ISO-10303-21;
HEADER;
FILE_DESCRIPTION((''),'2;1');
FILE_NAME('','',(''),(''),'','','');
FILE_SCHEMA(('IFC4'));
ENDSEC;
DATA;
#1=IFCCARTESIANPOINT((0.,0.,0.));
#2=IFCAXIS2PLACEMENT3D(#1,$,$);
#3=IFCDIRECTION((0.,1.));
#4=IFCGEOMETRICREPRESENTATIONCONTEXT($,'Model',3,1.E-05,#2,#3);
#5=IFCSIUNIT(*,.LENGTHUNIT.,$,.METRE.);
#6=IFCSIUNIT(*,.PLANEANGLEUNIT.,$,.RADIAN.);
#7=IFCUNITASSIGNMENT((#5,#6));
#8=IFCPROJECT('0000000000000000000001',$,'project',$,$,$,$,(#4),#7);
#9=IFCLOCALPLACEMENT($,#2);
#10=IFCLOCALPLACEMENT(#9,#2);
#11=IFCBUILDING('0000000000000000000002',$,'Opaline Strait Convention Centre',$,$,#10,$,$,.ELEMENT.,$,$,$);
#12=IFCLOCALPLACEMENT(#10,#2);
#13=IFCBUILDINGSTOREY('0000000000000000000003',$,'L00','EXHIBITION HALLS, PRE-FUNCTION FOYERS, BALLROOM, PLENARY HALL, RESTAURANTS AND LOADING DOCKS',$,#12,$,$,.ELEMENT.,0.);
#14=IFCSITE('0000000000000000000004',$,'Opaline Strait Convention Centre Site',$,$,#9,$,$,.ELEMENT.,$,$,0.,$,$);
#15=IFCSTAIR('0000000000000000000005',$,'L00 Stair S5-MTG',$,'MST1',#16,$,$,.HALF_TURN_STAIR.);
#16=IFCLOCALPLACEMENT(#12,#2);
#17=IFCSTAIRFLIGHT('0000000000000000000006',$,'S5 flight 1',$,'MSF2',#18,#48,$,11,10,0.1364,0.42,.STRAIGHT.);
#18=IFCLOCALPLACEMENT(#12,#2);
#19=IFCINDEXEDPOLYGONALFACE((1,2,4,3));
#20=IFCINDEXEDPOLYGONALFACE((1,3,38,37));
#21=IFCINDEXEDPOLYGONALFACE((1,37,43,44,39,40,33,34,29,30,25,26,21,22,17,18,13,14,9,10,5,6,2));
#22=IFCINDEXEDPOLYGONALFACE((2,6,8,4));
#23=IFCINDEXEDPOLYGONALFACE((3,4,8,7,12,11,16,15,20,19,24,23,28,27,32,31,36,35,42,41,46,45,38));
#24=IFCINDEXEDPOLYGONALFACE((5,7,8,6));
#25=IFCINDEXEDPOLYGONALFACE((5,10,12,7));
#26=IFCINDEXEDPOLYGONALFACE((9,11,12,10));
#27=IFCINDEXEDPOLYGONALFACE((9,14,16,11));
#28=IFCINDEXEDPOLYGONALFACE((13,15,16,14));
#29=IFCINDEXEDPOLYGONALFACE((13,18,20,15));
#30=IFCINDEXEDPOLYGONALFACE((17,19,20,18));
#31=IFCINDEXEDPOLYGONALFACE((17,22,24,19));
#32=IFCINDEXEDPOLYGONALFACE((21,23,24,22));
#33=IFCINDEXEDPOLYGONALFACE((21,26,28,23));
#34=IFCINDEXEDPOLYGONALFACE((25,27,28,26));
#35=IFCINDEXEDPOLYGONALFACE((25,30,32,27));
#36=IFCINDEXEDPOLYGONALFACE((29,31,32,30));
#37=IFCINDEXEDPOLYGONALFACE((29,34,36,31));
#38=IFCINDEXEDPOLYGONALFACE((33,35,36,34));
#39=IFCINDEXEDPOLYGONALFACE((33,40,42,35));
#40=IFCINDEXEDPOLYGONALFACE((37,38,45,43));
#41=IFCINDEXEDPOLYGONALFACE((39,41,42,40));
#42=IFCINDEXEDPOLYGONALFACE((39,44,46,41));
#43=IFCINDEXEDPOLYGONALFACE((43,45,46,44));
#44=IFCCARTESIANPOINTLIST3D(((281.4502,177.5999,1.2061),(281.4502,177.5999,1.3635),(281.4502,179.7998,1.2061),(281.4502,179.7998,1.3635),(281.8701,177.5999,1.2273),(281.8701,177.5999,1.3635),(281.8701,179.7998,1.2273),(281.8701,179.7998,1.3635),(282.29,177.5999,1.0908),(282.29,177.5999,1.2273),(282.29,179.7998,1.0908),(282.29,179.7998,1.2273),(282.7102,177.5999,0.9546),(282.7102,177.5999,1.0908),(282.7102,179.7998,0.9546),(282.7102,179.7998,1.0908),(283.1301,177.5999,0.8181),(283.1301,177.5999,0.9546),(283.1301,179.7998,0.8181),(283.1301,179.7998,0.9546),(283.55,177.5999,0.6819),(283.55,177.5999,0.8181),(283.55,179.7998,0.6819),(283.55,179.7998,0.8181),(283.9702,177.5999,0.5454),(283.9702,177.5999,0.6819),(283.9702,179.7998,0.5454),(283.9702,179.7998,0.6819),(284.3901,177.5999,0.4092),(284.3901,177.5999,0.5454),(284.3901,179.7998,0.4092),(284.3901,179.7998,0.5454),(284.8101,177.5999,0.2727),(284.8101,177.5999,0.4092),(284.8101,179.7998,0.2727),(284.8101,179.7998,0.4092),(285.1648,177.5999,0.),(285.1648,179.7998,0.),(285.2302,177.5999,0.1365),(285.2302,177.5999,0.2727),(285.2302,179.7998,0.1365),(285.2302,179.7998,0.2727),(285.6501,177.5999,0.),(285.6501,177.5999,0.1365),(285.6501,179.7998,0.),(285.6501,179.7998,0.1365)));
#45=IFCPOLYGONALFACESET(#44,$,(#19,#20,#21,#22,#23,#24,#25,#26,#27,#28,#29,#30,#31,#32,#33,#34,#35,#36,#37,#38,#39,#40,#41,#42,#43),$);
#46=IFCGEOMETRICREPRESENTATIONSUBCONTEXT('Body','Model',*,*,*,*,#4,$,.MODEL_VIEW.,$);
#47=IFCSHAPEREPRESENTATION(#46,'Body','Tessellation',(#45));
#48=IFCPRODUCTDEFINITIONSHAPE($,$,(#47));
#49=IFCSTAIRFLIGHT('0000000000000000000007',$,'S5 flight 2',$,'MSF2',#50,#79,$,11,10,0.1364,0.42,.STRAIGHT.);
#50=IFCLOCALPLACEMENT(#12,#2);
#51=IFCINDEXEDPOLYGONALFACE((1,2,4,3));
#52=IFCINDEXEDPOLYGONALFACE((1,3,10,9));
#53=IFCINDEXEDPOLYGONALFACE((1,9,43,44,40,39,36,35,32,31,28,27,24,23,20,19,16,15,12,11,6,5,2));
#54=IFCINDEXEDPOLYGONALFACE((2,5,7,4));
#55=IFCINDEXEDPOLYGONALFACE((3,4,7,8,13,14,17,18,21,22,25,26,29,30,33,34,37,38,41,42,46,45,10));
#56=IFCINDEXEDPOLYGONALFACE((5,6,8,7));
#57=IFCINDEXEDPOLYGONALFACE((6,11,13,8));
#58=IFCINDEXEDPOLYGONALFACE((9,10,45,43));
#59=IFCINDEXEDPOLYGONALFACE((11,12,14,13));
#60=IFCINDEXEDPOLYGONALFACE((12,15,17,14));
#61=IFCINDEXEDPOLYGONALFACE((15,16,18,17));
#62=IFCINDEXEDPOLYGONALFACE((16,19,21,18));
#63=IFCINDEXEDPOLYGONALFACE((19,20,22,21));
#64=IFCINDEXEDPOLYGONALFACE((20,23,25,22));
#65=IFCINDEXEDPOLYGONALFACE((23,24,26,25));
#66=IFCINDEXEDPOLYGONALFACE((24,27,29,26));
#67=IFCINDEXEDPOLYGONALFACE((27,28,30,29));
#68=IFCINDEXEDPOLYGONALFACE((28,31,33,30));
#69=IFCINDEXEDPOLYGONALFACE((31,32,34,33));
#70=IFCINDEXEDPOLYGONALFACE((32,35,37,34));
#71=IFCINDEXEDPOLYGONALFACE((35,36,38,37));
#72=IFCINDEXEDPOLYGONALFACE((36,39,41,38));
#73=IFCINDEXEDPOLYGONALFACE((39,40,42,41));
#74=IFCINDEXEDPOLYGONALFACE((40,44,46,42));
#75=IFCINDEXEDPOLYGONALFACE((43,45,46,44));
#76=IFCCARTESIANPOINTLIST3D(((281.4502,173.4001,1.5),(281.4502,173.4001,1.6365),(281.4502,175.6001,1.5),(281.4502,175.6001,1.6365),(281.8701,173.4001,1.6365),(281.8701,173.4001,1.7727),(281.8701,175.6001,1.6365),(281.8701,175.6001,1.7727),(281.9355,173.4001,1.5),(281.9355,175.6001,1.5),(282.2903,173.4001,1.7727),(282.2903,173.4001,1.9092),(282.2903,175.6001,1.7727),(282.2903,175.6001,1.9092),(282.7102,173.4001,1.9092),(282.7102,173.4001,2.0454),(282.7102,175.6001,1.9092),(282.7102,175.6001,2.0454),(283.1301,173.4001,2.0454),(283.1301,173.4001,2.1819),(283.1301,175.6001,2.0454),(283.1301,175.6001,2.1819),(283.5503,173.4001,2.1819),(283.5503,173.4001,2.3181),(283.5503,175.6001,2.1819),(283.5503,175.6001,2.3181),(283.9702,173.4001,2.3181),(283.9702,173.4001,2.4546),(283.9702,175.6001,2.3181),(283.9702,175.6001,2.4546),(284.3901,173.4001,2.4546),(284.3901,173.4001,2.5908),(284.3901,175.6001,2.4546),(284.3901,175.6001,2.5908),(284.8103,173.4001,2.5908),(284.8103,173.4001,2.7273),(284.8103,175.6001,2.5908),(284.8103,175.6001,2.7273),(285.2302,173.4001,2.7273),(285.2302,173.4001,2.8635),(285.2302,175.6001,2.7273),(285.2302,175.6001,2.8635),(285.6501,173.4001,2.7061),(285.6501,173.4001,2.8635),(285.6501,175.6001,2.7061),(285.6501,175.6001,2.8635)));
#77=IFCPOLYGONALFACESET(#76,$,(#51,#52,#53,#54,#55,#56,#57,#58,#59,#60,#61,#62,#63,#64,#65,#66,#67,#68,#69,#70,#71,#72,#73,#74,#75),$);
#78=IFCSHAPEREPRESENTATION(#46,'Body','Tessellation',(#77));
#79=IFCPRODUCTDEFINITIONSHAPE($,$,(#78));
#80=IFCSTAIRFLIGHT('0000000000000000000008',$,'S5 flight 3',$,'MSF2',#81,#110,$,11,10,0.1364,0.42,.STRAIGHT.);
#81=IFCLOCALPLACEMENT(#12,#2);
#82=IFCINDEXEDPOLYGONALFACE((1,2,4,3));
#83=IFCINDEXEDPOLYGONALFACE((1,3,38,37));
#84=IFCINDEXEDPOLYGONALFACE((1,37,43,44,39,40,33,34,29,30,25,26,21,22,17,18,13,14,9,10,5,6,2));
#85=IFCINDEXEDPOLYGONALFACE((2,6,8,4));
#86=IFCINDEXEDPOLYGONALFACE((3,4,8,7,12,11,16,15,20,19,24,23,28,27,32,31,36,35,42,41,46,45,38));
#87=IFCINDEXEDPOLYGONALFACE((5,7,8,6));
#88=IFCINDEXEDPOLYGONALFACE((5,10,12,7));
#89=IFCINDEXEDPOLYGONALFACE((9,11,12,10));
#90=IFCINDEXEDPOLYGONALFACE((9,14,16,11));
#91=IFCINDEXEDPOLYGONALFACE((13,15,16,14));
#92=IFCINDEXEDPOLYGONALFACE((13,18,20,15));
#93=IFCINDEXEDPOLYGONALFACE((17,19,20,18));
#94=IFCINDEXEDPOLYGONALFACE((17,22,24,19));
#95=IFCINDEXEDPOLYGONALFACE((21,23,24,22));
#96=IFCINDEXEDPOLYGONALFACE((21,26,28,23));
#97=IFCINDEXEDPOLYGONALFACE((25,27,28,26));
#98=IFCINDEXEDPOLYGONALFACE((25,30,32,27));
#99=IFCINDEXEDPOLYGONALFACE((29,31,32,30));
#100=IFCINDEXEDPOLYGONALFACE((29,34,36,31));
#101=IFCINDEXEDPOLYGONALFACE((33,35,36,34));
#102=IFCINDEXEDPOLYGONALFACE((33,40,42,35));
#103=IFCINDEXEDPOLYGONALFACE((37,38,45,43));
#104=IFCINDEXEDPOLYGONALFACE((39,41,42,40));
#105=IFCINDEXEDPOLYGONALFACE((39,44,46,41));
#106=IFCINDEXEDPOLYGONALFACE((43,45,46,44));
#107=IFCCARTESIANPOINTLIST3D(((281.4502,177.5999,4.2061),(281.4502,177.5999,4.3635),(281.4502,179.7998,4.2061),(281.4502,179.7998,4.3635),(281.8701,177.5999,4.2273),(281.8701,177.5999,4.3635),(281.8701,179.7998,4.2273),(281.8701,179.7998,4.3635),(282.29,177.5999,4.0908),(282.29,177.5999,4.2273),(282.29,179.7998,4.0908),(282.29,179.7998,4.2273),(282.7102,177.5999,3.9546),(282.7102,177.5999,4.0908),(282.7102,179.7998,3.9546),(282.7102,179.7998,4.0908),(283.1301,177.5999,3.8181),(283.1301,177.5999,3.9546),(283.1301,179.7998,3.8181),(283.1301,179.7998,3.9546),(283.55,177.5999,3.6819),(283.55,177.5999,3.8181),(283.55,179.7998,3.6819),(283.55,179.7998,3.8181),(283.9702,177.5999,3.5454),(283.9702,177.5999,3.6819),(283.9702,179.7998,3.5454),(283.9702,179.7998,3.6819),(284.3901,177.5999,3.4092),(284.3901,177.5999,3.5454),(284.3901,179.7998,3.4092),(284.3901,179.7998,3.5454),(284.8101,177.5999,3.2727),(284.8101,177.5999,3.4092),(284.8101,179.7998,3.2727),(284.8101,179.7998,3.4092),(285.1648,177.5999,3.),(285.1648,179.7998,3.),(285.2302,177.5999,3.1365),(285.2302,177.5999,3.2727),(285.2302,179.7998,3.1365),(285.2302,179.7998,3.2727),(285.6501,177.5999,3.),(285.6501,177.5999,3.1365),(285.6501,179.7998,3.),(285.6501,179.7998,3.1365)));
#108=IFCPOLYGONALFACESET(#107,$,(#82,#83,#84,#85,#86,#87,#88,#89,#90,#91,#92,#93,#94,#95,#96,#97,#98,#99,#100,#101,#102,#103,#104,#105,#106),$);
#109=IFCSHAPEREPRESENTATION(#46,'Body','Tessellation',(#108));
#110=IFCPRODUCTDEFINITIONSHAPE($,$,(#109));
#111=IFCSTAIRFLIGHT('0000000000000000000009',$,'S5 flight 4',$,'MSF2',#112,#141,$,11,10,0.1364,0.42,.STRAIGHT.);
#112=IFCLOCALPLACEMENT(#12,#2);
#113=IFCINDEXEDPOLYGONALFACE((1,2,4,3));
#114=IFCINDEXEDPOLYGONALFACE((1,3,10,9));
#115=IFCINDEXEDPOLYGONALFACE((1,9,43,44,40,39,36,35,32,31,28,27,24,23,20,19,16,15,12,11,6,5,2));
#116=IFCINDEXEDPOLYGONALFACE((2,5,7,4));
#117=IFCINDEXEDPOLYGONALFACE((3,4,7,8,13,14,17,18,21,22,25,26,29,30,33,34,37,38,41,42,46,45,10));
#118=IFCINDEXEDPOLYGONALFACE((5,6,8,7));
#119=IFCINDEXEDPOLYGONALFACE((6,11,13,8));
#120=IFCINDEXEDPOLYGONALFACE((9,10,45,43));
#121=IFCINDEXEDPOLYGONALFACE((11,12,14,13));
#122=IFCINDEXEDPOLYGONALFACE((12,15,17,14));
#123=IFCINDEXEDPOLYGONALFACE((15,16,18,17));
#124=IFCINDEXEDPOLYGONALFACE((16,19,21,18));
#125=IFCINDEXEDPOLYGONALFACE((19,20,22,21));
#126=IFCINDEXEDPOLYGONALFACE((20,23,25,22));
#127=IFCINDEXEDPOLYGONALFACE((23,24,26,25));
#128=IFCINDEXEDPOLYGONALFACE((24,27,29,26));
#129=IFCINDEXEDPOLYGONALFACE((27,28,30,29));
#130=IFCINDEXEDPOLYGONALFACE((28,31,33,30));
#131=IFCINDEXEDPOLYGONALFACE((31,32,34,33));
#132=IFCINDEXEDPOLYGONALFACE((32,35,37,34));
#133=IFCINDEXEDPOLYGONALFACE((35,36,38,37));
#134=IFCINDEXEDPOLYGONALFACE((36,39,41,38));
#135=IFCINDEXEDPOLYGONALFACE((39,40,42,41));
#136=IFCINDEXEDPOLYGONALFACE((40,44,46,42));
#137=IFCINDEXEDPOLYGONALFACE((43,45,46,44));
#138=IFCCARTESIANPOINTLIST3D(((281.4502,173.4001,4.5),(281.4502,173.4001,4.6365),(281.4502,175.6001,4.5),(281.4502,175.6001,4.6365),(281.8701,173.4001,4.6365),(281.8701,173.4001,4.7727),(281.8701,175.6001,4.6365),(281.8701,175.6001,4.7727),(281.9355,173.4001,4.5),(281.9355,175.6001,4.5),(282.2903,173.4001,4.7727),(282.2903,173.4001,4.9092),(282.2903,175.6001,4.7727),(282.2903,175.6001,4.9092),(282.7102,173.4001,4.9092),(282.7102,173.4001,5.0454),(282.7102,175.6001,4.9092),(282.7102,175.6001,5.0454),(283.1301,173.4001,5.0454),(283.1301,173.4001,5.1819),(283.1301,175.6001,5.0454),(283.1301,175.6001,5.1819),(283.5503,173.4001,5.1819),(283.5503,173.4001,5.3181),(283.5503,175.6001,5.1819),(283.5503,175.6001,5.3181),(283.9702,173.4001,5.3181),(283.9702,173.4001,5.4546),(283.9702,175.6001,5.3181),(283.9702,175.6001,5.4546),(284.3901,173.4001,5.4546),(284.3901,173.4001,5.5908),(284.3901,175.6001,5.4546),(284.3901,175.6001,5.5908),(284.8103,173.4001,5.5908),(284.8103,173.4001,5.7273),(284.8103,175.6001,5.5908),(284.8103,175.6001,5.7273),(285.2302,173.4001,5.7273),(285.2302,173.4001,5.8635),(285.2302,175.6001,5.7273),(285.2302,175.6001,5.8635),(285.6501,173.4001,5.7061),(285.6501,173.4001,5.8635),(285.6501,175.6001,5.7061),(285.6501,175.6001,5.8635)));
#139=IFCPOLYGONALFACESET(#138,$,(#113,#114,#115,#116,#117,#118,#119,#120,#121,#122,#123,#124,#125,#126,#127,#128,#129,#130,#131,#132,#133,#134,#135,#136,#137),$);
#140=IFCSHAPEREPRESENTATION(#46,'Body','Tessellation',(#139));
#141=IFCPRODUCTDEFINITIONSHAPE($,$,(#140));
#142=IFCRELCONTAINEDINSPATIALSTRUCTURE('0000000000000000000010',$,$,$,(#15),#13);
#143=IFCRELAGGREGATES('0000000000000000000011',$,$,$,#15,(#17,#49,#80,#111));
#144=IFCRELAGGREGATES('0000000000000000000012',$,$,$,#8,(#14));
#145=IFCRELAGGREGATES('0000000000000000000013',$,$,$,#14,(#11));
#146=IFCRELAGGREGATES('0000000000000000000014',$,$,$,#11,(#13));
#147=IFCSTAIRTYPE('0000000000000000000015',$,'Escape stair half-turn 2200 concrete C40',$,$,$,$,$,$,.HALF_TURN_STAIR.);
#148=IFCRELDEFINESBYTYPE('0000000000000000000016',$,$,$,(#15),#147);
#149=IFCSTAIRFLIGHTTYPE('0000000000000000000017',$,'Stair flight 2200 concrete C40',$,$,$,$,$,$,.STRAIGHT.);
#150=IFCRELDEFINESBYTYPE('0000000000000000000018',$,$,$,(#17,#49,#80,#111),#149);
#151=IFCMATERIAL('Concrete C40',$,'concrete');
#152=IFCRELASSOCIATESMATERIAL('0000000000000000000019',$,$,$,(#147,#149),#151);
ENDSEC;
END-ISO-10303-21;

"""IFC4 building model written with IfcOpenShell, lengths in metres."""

from ifc_helpers import new_model, si_unit, direction, frame, origin, place, context, subcontext, project, spatial, polyline, outline, extrude, material, type_object, element, aggregate, save


model = new_model("IFC4")

# Units and contexts
model_context = context("Model", 3, precision=1e-05, world=origin(), true_north=direction((0.0, 1.0)))
body_context = subcontext(model_context, "Body", "Model", "MODEL_VIEW")
ifc_project = project(units=[si_unit("LENGTHUNIT", "METRE"), si_unit("PLANEANGLEUNIT", "RADIAN")], contexts=[model_context])

# Site, building, storey
site_placement = place(None, origin())
site = spatial("IfcSite", under=ifc_project, at=site_placement, Name="Opaline Strait Convention Centre Site", CompositionType="ELEMENT", RefElevation=0.0)
building_placement = place(site_placement, origin())
building = spatial("IfcBuilding", under=site, at=building_placement, Name="Opaline Strait Convention Centre", CompositionType="ELEMENT")
storey_placement = place(building_placement, origin())
storey = spatial("IfcBuildingStorey", under=building, at=storey_placement, Name="L00", Description="EXHIBITION HALLS, PRE-FUNCTION FOYERS, BALLROOM, PLENARY HALL, RESTAURANTS AND LOADING DOCKS", CompositionType="ELEMENT", Elevation=0.0)

# Stair, stair flights
ifc_material_1 = material(Name="Concrete C40", Category="concrete")
stair_type = type_object("IfcStairType", Name="Escape stair half-turn 2200 concrete C40", PredefinedType="HALF_TURN_STAIR", material=ifc_material_1)
stair_placement = place(storey_placement, origin())
stair = element("IfcStair", 1, at=stair_placement, inside=storey, type_object=stair_type, Name="L00 Stair S5-MTG", ObjectType="MST1", PredefinedType="HALF_TURN_STAIR")
stair_flight_type = type_object("IfcStairFlightType", Name="Stair flight 2200 concrete C40", PredefinedType="STRAIGHT", material=ifc_material_1)
stair_flight_1_placement = place(storey_placement, frame((285.6501, 178.7, 0.0), z_axis=(0.0, 0.0, 1.0), x_axis=(-1.0, 0.0, 0.0)))
stair_flight_1 = element("IfcStairFlight", 2, at=stair_flight_1_placement, type_object=stair_flight_type, Name="S5 flight 1", ObjectType="MSF2", NumberOfRisers=11, NumberOfTreads=10, PredefinedType="STRAIGHT", RiserHeight=0.1364, TreadLength=0.42, context=body_context, shape_type="SweptSolid", body=[
    extrude(outline(polyline([(0.0, 0.0), (0.0, 0.1365), (0.4199, 0.1365), (0.4199, 0.2727), (0.8401, 0.2727), (0.8401, 0.4092), (1.26, 0.4092), (1.26, 0.5454), (1.6799, 0.5454), (1.6799, 0.6819), (2.1001, 0.6819), (2.1001, 0.8181), (2.52, 0.8181), (2.52, 0.9546), (2.9399, 0.9546), (2.9399, 1.0908), (3.3601, 1.0908), (3.3601, 1.2273), (3.78, 1.2273), (3.78, 1.3635), (4.2, 1.3635), (4.2, 1.5), (4.2, 1.2061), (0.4854, 0.0), (0.0, 0.0)])), frame((0.0, 1.1001, 0.0), z_axis=(0.0, -1.0, 0.0), x_axis=(1.0, 0.0, 0.0)), (0.0, 0.0, 1.0), 2.2),
])
stair_flight_2_placement = place(storey_placement, frame((281.4502, 174.5, 1.5), z_axis=(0.0, 0.0, 1.0), x_axis=(1.0, 0.0, 0.0)))
stair_flight_2 = element("IfcStairFlight", 3, at=stair_flight_2_placement, type_object=stair_flight_type, Name="S5 flight 2", ObjectType="MSF2", NumberOfRisers=11, NumberOfTreads=10, PredefinedType="STRAIGHT", RiserHeight=0.1364, TreadLength=0.42, context=body_context, shape_type="SweptSolid", body=[
    extrude(outline(polyline([(0.0, 0.0), (0.0, 0.1365), (0.4199, 0.1365), (0.4199, 0.2727), (0.8401, 0.2727), (0.8401, 0.4092), (1.26, 0.4092), (1.26, 0.5454), (1.6799, 0.5454), (1.6799, 0.6819), (2.1001, 0.6819), (2.1001, 0.8181), (2.52, 0.8181), (2.52, 0.9546), (2.9399, 0.9546), (2.9399, 1.0908), (3.3601, 1.0908), (3.3601, 1.2273), (3.78, 1.2273), (3.78, 1.3635), (4.2, 1.3635), (4.2, 1.5), (4.2, 1.2061), (0.4854, 0.0), (0.0, 0.0)])), frame((0.0, 1.1001, 0.0), z_axis=(0.0, -1.0, 0.0), x_axis=(1.0, 0.0, 0.0)), (0.0, 0.0, 1.0), 2.2),
])
stair_flight_3_placement = place(storey_placement, frame((285.6501, 178.7, 3.0), z_axis=(0.0, 0.0, 1.0), x_axis=(-1.0, 0.0, 0.0)))
stair_flight_3 = element("IfcStairFlight", 4, at=stair_flight_3_placement, type_object=stair_flight_type, Name="S5 flight 3", ObjectType="MSF2", NumberOfRisers=11, NumberOfTreads=10, PredefinedType="STRAIGHT", RiserHeight=0.1364, TreadLength=0.42, context=body_context, shape_type="SweptSolid", body=[
    extrude(outline(polyline([(0.0, 0.0), (0.0, 0.1365), (0.4199, 0.1365), (0.4199, 0.2727), (0.8401, 0.2727), (0.8401, 0.4092), (1.26, 0.4092), (1.26, 0.5454), (1.6799, 0.5454), (1.6799, 0.6819), (2.1001, 0.6819), (2.1001, 0.8181), (2.52, 0.8181), (2.52, 0.9546), (2.9399, 0.9546), (2.9399, 1.0908), (3.3601, 1.0908), (3.3601, 1.2273), (3.78, 1.2273), (3.78, 1.3635), (4.2, 1.3635), (4.2, 1.5), (4.2, 1.2061), (0.4854, 0.0), (0.0, 0.0)])), frame((0.0, 1.1001, 0.0), z_axis=(0.0, -1.0, 0.0), x_axis=(1.0, 0.0, 0.0)), (0.0, 0.0, 1.0), 2.2),
])
stair_flight_4_placement = place(storey_placement, frame((281.4502, 174.5, 4.5), z_axis=(0.0, 0.0, 1.0), x_axis=(1.0, 0.0, 0.0)))
stair_flight_4 = element("IfcStairFlight", 5, at=stair_flight_4_placement, type_object=stair_flight_type, Name="S5 flight 4", ObjectType="MSF2", NumberOfRisers=11, NumberOfTreads=10, PredefinedType="STRAIGHT", RiserHeight=0.1364, TreadLength=0.42, context=body_context, shape_type="SweptSolid", body=[
    extrude(outline(polyline([(0.0, 0.0), (0.0, 0.1365), (0.4199, 0.1365), (0.4199, 0.2727), (0.8401, 0.2727), (0.8401, 0.4092), (1.26, 0.4092), (1.26, 0.5454), (1.6799, 0.5454), (1.6799, 0.6819), (2.1001, 0.6819), (2.1001, 0.8181), (2.52, 0.8181), (2.52, 0.9546), (2.9399, 0.9546), (2.9399, 1.0908), (3.3601, 1.0908), (3.3601, 1.2273), (3.78, 1.2273), (3.78, 1.3635), (4.2, 1.3635), (4.2, 1.5), (4.2, 1.2061), (0.4854, 0.0), (0.0, 0.0)])), frame((0.0, 1.1001, 0.0), z_axis=(0.0, -1.0, 0.0), x_axis=(1.0, 0.0, 0.0)), (0.0, 0.0, 1.0), 2.2),
])
aggregate(stair, [stair_flight_1, stair_flight_2, stair_flight_3, stair_flight_4])

save(model, "model.ifc")
